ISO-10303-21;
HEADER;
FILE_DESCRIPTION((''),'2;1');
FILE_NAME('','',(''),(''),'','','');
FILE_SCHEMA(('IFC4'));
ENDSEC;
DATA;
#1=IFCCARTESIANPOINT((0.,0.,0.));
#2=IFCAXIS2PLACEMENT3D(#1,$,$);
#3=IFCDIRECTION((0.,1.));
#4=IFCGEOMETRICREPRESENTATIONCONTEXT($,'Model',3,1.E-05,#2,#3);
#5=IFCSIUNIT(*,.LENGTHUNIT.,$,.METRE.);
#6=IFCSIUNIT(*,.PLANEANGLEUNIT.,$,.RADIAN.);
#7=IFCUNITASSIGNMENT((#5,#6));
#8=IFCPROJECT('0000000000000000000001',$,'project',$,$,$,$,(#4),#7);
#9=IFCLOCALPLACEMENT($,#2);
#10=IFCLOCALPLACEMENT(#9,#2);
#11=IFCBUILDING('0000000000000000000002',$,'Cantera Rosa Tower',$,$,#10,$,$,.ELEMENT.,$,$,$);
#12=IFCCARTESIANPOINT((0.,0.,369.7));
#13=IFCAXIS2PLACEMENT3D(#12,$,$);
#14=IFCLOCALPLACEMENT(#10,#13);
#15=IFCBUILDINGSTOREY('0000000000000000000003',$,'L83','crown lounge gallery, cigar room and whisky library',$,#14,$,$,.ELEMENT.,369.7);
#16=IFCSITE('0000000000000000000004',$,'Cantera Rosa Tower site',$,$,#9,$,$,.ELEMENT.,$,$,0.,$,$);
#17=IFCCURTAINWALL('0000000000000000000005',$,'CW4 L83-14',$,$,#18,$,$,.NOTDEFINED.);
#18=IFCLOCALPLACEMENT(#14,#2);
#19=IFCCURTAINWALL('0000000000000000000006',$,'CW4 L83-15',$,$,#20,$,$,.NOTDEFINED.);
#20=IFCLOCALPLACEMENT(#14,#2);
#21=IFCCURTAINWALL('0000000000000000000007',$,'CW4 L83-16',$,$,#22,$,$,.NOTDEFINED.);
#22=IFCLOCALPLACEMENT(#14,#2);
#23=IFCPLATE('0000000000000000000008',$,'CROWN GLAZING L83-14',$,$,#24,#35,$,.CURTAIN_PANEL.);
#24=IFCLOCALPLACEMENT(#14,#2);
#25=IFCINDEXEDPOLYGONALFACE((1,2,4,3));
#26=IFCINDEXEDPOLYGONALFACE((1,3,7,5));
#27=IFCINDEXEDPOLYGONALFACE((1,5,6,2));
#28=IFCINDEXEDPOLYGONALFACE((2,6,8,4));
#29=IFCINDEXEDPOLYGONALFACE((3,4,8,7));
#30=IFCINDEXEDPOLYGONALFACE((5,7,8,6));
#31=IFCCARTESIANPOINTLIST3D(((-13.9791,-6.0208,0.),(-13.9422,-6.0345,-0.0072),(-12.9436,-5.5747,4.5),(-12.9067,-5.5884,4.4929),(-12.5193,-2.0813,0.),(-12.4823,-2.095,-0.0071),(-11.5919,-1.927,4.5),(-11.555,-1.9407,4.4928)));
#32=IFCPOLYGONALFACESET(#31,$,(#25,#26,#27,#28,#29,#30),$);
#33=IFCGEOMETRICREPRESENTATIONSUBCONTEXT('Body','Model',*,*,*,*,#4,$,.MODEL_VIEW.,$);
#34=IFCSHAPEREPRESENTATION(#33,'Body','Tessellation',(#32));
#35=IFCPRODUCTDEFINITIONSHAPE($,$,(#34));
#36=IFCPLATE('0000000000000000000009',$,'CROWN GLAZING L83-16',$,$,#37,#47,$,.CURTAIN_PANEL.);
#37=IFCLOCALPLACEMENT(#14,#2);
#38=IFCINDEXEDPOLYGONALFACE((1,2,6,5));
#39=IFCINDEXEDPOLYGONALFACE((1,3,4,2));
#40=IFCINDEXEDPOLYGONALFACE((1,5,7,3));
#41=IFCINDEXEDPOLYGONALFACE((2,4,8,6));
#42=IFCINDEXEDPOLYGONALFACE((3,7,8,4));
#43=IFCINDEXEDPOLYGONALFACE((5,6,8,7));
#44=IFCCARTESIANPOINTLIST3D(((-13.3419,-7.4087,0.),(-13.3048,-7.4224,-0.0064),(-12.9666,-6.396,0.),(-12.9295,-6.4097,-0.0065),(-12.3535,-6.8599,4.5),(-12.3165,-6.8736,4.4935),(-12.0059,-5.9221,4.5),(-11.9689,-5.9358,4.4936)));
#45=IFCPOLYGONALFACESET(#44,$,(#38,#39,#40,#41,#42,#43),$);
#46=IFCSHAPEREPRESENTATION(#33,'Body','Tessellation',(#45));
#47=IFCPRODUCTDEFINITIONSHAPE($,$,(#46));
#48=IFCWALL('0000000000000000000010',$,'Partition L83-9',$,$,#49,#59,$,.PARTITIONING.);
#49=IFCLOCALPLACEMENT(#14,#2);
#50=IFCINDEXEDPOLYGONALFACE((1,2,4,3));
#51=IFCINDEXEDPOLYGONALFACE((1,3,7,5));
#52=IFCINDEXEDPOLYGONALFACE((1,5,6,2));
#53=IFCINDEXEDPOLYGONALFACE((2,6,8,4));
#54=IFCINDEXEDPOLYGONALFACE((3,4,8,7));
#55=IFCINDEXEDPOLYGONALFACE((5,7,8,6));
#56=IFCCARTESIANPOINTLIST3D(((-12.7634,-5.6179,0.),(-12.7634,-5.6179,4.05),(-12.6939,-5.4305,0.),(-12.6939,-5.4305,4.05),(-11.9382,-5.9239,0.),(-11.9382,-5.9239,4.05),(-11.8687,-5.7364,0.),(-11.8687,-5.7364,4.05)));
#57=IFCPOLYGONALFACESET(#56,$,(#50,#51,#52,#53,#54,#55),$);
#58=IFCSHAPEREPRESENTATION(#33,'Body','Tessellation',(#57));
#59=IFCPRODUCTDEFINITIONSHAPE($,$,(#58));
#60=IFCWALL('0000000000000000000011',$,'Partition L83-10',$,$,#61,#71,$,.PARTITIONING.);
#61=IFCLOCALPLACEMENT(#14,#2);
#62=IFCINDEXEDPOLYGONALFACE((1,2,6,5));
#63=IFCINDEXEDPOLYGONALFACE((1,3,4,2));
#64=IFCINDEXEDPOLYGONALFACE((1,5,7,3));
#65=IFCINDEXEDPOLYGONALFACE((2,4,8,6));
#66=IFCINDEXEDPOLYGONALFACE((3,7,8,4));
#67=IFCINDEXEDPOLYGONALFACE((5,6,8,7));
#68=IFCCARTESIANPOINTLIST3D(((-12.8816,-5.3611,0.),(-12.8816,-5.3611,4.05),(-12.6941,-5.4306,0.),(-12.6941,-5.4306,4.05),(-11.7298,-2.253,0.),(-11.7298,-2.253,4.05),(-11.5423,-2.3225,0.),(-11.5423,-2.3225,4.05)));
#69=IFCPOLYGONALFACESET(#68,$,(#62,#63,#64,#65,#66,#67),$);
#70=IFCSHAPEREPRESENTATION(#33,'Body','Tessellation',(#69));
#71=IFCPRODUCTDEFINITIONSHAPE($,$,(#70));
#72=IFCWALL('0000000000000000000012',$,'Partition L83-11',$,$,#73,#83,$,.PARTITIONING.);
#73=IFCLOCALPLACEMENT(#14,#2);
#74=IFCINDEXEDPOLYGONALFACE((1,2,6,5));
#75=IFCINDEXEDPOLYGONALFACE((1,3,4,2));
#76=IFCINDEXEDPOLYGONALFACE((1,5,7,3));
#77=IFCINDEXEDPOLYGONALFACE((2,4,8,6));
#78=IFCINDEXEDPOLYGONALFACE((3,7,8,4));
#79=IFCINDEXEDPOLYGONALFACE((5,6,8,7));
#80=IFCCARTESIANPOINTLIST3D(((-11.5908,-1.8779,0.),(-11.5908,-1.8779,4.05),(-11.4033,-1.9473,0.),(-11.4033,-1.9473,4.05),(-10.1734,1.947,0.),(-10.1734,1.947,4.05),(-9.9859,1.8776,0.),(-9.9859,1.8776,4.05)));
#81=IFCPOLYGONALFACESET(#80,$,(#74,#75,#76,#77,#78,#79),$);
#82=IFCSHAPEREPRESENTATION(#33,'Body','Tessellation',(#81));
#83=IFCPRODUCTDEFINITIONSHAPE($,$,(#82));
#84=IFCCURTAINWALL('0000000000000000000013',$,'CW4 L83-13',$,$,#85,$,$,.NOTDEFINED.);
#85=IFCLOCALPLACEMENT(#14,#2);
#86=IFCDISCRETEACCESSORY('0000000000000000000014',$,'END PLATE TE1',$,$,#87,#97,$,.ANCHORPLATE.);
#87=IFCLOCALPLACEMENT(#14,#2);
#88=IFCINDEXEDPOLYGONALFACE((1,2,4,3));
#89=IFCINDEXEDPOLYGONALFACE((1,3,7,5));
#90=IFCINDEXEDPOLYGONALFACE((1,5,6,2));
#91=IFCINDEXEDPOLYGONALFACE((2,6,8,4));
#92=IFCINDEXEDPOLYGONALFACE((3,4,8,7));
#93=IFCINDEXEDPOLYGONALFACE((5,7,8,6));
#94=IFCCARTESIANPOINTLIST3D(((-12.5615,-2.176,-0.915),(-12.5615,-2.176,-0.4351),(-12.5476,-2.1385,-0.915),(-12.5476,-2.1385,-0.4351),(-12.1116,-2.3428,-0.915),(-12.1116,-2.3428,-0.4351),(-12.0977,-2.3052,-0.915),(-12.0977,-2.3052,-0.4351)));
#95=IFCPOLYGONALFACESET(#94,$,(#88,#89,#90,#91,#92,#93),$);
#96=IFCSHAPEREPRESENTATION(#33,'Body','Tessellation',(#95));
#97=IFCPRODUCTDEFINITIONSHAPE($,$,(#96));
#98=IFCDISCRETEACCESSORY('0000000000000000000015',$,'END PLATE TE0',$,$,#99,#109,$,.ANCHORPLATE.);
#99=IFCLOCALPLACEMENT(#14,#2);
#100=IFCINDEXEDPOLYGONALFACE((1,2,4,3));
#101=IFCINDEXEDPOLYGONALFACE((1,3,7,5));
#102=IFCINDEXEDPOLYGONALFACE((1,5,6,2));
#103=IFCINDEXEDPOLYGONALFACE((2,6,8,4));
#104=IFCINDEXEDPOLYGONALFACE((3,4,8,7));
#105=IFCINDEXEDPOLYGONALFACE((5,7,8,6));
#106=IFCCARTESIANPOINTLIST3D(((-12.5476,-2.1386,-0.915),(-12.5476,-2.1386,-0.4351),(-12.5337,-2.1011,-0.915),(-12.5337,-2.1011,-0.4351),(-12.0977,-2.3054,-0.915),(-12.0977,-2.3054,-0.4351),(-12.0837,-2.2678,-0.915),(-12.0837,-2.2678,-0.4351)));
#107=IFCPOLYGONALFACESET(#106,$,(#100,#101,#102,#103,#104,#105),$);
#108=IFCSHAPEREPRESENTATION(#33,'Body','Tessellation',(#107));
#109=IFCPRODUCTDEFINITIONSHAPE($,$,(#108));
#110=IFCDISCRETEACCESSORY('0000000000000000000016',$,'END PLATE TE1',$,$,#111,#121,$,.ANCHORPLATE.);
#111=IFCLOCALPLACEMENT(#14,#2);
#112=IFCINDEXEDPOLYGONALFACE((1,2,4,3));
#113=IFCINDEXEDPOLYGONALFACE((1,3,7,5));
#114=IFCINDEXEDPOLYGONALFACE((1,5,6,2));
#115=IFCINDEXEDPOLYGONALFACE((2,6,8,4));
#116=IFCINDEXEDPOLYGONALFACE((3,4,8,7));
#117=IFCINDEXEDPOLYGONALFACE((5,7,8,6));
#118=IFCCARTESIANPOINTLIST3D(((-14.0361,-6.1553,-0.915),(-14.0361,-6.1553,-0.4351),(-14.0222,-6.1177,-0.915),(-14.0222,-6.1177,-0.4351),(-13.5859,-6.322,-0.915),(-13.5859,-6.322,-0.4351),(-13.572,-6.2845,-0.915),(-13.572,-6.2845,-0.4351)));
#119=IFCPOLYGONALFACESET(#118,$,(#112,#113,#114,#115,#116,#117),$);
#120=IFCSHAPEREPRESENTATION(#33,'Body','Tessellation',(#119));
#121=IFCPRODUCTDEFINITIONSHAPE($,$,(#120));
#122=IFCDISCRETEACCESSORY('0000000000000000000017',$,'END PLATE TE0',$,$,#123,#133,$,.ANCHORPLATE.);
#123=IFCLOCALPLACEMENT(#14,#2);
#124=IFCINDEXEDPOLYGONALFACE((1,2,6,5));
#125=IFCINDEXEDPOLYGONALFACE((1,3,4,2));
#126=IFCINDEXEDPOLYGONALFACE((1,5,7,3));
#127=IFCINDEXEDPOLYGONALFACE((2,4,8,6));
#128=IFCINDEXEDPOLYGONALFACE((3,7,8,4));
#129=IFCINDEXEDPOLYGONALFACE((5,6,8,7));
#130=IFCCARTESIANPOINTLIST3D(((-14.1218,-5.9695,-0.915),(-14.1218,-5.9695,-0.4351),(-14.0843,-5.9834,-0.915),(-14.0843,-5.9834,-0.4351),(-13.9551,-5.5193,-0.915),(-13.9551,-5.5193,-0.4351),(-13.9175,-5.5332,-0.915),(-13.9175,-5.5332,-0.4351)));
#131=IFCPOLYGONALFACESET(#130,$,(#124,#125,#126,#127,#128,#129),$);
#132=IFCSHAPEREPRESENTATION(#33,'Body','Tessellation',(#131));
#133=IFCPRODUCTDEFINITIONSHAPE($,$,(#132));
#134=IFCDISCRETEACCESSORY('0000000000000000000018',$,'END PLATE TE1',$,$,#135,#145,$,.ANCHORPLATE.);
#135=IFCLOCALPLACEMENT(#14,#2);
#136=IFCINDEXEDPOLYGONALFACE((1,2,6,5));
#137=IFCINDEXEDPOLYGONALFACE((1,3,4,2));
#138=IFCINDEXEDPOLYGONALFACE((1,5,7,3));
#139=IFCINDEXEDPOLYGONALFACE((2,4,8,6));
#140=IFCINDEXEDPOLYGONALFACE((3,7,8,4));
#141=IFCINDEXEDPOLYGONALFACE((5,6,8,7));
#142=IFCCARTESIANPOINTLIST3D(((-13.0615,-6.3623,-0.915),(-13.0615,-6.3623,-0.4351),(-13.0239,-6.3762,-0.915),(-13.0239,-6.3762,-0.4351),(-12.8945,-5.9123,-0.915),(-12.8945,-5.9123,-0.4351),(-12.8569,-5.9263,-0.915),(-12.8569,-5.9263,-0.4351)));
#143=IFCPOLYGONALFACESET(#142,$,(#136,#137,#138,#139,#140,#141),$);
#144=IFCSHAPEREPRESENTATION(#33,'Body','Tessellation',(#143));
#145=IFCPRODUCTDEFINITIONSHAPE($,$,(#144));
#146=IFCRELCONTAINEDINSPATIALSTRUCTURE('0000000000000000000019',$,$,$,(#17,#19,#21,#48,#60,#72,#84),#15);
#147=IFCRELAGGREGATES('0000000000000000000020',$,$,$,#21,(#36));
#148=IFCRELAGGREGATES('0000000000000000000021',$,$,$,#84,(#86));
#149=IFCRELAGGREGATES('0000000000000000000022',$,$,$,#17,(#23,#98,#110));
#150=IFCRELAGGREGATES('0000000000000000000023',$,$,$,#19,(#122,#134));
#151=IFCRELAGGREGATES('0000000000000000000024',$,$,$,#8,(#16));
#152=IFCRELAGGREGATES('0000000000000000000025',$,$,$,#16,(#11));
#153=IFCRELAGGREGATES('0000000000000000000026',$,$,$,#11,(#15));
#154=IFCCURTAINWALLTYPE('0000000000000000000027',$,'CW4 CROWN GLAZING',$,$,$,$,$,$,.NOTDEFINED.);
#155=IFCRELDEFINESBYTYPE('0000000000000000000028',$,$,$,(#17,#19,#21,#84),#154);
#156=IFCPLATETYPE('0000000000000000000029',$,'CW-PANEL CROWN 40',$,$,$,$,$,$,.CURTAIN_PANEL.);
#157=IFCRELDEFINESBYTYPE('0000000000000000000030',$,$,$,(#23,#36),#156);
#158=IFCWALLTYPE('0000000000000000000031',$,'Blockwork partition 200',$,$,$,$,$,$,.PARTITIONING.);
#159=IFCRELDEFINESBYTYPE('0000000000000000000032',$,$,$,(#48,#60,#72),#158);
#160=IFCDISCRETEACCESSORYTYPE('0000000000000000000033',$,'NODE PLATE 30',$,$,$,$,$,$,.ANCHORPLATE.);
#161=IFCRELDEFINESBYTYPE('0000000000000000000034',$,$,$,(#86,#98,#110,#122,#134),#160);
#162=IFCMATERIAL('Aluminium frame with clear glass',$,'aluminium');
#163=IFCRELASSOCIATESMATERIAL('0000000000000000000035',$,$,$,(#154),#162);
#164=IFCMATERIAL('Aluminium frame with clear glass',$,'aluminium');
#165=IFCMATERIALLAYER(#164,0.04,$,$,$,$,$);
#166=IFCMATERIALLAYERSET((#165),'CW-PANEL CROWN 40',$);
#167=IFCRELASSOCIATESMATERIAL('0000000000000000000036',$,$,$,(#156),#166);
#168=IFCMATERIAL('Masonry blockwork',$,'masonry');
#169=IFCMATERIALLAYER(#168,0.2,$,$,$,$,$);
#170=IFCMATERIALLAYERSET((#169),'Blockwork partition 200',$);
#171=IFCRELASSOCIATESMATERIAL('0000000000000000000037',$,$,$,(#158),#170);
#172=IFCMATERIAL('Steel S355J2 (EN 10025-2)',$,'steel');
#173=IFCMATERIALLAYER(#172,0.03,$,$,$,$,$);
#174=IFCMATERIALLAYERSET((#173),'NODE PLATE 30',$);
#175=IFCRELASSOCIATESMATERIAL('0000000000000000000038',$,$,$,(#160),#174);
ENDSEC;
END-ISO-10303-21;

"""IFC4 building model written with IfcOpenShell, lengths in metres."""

from ifc_helpers import new_model, si_unit, direction, frame, frame_2d, origin, place, context, subcontext, project, spatial, polyline, rectangle, outline, extrude, material, layer, layer_set, type_object, element, aggregate, save


model = new_model("IFC4")

# Units and contexts
model_context = context("Model", 3, precision=1e-05, world=origin(), true_north=direction((0.0, 1.0)))
body_context = subcontext(model_context, "Body", "Model", "MODEL_VIEW")
ifc_project = project(units=[si_unit("LENGTHUNIT", "METRE"), si_unit("PLANEANGLEUNIT", "RADIAN")], contexts=[model_context])

# Site, building, storey
site_placement = place(None, origin())
site = spatial("IfcSite", under=ifc_project, at=site_placement, Name="Cantera Rosa Tower site", CompositionType="ELEMENT", RefElevation=0.0)
building_placement = place(site_placement, origin())
building = spatial("IfcBuilding", under=site, at=building_placement, Name="Cantera Rosa Tower", CompositionType="ELEMENT")
storey_placement = place(building_placement, frame((0.0, 0.0, 369.7)))
storey = spatial("IfcBuildingStorey", under=building, at=storey_placement, Name="L83", Description="crown lounge gallery, cigar room and whisky library", CompositionType="ELEMENT", Elevation=369.7)

# Curtain walls
ifc_material_1 = material(Name="Aluminium frame with clear glass", Category="aluminium")
curtain_wall_type = type_object("IfcCurtainWallType", Name="CW4 CROWN GLAZING", PredefinedType="NOTDEFINED", material=ifc_material_1)
curtain_wall_1_placement = place(storey_placement, origin())
curtain_wall_1 = element("IfcCurtainWall", 1, at=curtain_wall_1_placement, inside=storey, type_object=curtain_wall_type, Name="CW4 L83-14", PredefinedType="NOTDEFINED")
curtain_wall_2_placement = place(storey_placement, origin())
curtain_wall_2 = element("IfcCurtainWall", 2, at=curtain_wall_2_placement, inside=storey, type_object=curtain_wall_type, Name="CW4 L83-15", PredefinedType="NOTDEFINED")
curtain_wall_3_placement = place(storey_placement, origin())
curtain_wall_3 = element("IfcCurtainWall", 3, at=curtain_wall_3_placement, inside=storey, type_object=curtain_wall_type, Name="CW4 L83-16", PredefinedType="NOTDEFINED")

# Plates
ifc_material_2 = material(Name="Aluminium frame with clear glass", Category="aluminium")
ifc_layer_1 = layer(ifc_material_2, 0.04)
ifc_layer_set_1 = layer_set([ifc_layer_1], Name="CW-PANEL CROWN 40")
plate_type = type_object("IfcPlateType", Name="CW-PANEL CROWN 40", PredefinedType="CURTAIN_PANEL", material=ifc_layer_set_1)
plate_1_placement = place(storey_placement, frame((-12.5193, -2.0813, 0.0), z_axis=(-0.922644, 0.341898, 0.178421), x_axis=(-0.347475, -0.937689, -0.000006)))
plate_1 = element("IfcPlate", 4, at=plate_1_placement, type_object=plate_type, Name="CROWN GLAZING L83-14", PredefinedType="CURTAIN_PANEL", context=body_context, shape_type="SweptSolid", body=[
    extrude(outline(polyline([(0.0, 0.0), (4.2013, 0.0), (3.4231, 4.5734), (-0.4669, 4.5734), (0.0, 0.0)])), origin(), (0.0, 0.0, -1.0), 0.04),
])
plate_2_placement = place(storey_placement, frame((-12.9666, -6.396, 0.0), z_axis=(-0.925372, 0.342975, 0.161418), x_axis=(-0.34753, -0.937669, 0.000013)))
plate_2 = element("IfcPlate", 5, at=plate_2_placement, type_object=plate_type, Name="CROWN GLAZING L83-16", PredefinedType="CURTAIN_PANEL", context=body_context, shape_type="SweptSolid", body=[
    extrude(outline(polyline([(0.0, 0.0), (1.08, 0.0), (0.222, 4.5598), (-0.7781, 4.5598), (0.0, 0.0)])), origin(), (0.0, 0.0, -1.0), 0.04),
])
aggregate(curtain_wall_3, [plate_2])

# Walls
ifc_material_3 = material(Name="Masonry blockwork", Category="masonry")
ifc_layer_2 = layer(ifc_material_3, 0.2)
ifc_layer_set_2 = layer_set([ifc_layer_2], Name="Blockwork partition 200")
wall_type = type_object("IfcWallType", Name="Blockwork partition 200", PredefinedType="PARTITIONING", material=ifc_layer_set_2)
wall_1_placement = place(storey_placement, frame((-11.9036, -5.8301, 0.0), z_axis=(0.0, 0.0, 1.0), x_axis=(-0.937645, 0.347594, 0.0)))
element("IfcWall", 6, at=wall_1_placement, inside=storey, type_object=wall_type, Name="Partition L83-9", PredefinedType="PARTITIONING", context=body_context, shape_type="SweptSolid", body=[
    extrude(rectangle(XDim=0.8801, YDim=0.2, at=frame_2d((0.4399, 0.0))), origin(), (0.0, 0.0, 1.0), 4.05),
])
wall_2_placement = place(storey_placement, frame((-12.7878, -5.3958, 0.0), z_axis=(0.0, 0.0, 1.0), x_axis=(0.347497, 0.937681, 0.0)))
element("IfcWall", 7, at=wall_2_placement, inside=storey, type_object=wall_type, Name="Partition L83-10", PredefinedType="PARTITIONING", context=body_context, shape_type="SweptSolid", body=[
    extrude(rectangle(XDim=3.3147, YDim=0.2, at=frame_2d((1.6572, 0.0))), origin(), (0.0, 0.0, 1.0), 4.05),
])
wall_3_placement = place(storey_placement, frame((-11.4971, -1.9126, 0.0), z_axis=(0.0, 0.0, 1.0), x_axis=(0.347494, 0.937682, 0.0)))
element("IfcWall", 8, at=wall_3_placement, inside=storey, type_object=wall_type, Name="Partition L83-11", PredefinedType="PARTITIONING", context=body_context, shape_type="SweptSolid", body=[
    extrude(rectangle(XDim=4.0791, YDim=0.2, at=frame_2d((2.0396, 0.0))), origin(), (0.0, 0.0, 1.0), 4.05),
])

# Curtain wall, discrete accessory
curtain_wall_4_placement = place(storey_placement, origin())
curtain_wall_4 = element("IfcCurtainWall", 9, at=curtain_wall_4_placement, inside=storey, type_object=curtain_wall_type, Name="CW4 L83-13", PredefinedType="NOTDEFINED")
ifc_material_4 = material(Name="Steel S355J2 (EN 10025-2)", Category="steel")
ifc_layer_3 = layer(ifc_material_4, 0.03)
ifc_layer_set_3 = layer_set([ifc_layer_3], Name="NODE PLATE 30")
discrete_accessory_type = type_object("IfcDiscreteAccessoryType", Name="NODE PLATE 30", PredefinedType="ANCHORPLATE", material=ifc_layer_set_3)
discrete_accessory_1_placement = place(storey_placement, frame((-12.1116, -2.3428, -0.4351), z_axis=(-0.347497, -0.937681, 0.0), x_axis=(-0.937681, 0.347497, 0.0)))
discrete_accessory_1 = element("IfcDiscreteAccessory", 10, at=discrete_accessory_1_placement, type_object=discrete_accessory_type, Name="END PLATE TE1", PredefinedType="ANCHORPLATE", context=body_context, shape_type="SweptSolid", body=[
    extrude(outline(polyline([(0.0, 0.0), (0.4799, 0.0), (0.4799, 0.48), (0.0, 0.48), (0.0, 0.0)])), origin(), (0.0, 0.0, -1.0), 0.04),
])
aggregate(curtain_wall_4, [discrete_accessory_1])

# Discrete accessories
discrete_accessory_2_placement = place(storey_placement, frame((-12.5337, -2.1011, -0.4351), z_axis=(0.347497, 0.937681, 0.0), x_axis=(0.937681, -0.347497, 0.0)))
discrete_accessory_2 = element("IfcDiscreteAccessory", 11, at=discrete_accessory_2_placement, type_object=discrete_accessory_type, Name="END PLATE TE0", PredefinedType="ANCHORPLATE", context=body_context, shape_type="SweptSolid", body=[
    extrude(outline(polyline([(0.0, 0.0), (0.4799, 0.0), (0.4799, 0.48), (0.0, 0.48), (0.0, 0.0)])), origin(), (0.0, 0.0, -1.0), 0.04),
])
discrete_accessory_3_placement = place(storey_placement, frame((-13.5859, -6.322, -0.4351), z_axis=(-0.347331, -0.937743, 0.0), x_axis=(-0.937743, 0.347331, 0.0)))
discrete_accessory_3 = element("IfcDiscreteAccessory", 12, at=discrete_accessory_3_placement, type_object=discrete_accessory_type, Name="END PLATE TE1", PredefinedType="ANCHORPLATE", context=body_context, shape_type="SweptSolid", body=[
    extrude(outline(polyline([(0.0, 0.0), (0.4801, 0.0), (0.4801, 0.48), (0.0, 0.48), (0.0, 0.0)])), origin(), (0.0, 0.0, -1.0), 0.04),
])
aggregate(curtain_wall_1, [plate_1, discrete_accessory_2, discrete_accessory_3])
discrete_accessory_4_placement = place(storey_placement, frame((-14.1218, -5.9695, -0.4351), z_axis=(-0.937743, 0.347331, 0.0), x_axis=(0.347331, 0.937743, 0.0)))
discrete_accessory_4 = element("IfcDiscreteAccessory", 13, at=discrete_accessory_4_placement, type_object=discrete_accessory_type, Name="END PLATE TE0", PredefinedType="ANCHORPLATE", context=body_context, shape_type="SweptSolid", body=[
    extrude(outline(polyline([(0.0, 0.0), (0.4801, 0.0), (0.4801, 0.48), (0.0, 0.48), (0.0, 0.0)])), origin(), (0.0, 0.0, -1.0), 0.04),
])
discrete_accessory_5_placement = place(storey_placement, frame((-12.8569, -5.9263, -0.4351), z_axis=(0.937515, -0.347944, 0.0), x_axis=(-0.347944, -0.937515, 0.0)))
discrete_accessory_5 = element("IfcDiscreteAccessory", 14, at=discrete_accessory_5_placement, type_object=discrete_accessory_type, Name="END PLATE TE1", PredefinedType="ANCHORPLATE", context=body_context, shape_type="SweptSolid", body=[
    extrude(outline(polyline([(0.0, 0.0), (0.4799, 0.0), (0.4799, 0.48), (0.0, 0.48), (0.0, 0.0)])), origin(), (0.0, 0.0, -1.0), 0.04),
])
aggregate(curtain_wall_2, [discrete_accessory_4, discrete_accessory_5])

save(model, "model.ifc")
